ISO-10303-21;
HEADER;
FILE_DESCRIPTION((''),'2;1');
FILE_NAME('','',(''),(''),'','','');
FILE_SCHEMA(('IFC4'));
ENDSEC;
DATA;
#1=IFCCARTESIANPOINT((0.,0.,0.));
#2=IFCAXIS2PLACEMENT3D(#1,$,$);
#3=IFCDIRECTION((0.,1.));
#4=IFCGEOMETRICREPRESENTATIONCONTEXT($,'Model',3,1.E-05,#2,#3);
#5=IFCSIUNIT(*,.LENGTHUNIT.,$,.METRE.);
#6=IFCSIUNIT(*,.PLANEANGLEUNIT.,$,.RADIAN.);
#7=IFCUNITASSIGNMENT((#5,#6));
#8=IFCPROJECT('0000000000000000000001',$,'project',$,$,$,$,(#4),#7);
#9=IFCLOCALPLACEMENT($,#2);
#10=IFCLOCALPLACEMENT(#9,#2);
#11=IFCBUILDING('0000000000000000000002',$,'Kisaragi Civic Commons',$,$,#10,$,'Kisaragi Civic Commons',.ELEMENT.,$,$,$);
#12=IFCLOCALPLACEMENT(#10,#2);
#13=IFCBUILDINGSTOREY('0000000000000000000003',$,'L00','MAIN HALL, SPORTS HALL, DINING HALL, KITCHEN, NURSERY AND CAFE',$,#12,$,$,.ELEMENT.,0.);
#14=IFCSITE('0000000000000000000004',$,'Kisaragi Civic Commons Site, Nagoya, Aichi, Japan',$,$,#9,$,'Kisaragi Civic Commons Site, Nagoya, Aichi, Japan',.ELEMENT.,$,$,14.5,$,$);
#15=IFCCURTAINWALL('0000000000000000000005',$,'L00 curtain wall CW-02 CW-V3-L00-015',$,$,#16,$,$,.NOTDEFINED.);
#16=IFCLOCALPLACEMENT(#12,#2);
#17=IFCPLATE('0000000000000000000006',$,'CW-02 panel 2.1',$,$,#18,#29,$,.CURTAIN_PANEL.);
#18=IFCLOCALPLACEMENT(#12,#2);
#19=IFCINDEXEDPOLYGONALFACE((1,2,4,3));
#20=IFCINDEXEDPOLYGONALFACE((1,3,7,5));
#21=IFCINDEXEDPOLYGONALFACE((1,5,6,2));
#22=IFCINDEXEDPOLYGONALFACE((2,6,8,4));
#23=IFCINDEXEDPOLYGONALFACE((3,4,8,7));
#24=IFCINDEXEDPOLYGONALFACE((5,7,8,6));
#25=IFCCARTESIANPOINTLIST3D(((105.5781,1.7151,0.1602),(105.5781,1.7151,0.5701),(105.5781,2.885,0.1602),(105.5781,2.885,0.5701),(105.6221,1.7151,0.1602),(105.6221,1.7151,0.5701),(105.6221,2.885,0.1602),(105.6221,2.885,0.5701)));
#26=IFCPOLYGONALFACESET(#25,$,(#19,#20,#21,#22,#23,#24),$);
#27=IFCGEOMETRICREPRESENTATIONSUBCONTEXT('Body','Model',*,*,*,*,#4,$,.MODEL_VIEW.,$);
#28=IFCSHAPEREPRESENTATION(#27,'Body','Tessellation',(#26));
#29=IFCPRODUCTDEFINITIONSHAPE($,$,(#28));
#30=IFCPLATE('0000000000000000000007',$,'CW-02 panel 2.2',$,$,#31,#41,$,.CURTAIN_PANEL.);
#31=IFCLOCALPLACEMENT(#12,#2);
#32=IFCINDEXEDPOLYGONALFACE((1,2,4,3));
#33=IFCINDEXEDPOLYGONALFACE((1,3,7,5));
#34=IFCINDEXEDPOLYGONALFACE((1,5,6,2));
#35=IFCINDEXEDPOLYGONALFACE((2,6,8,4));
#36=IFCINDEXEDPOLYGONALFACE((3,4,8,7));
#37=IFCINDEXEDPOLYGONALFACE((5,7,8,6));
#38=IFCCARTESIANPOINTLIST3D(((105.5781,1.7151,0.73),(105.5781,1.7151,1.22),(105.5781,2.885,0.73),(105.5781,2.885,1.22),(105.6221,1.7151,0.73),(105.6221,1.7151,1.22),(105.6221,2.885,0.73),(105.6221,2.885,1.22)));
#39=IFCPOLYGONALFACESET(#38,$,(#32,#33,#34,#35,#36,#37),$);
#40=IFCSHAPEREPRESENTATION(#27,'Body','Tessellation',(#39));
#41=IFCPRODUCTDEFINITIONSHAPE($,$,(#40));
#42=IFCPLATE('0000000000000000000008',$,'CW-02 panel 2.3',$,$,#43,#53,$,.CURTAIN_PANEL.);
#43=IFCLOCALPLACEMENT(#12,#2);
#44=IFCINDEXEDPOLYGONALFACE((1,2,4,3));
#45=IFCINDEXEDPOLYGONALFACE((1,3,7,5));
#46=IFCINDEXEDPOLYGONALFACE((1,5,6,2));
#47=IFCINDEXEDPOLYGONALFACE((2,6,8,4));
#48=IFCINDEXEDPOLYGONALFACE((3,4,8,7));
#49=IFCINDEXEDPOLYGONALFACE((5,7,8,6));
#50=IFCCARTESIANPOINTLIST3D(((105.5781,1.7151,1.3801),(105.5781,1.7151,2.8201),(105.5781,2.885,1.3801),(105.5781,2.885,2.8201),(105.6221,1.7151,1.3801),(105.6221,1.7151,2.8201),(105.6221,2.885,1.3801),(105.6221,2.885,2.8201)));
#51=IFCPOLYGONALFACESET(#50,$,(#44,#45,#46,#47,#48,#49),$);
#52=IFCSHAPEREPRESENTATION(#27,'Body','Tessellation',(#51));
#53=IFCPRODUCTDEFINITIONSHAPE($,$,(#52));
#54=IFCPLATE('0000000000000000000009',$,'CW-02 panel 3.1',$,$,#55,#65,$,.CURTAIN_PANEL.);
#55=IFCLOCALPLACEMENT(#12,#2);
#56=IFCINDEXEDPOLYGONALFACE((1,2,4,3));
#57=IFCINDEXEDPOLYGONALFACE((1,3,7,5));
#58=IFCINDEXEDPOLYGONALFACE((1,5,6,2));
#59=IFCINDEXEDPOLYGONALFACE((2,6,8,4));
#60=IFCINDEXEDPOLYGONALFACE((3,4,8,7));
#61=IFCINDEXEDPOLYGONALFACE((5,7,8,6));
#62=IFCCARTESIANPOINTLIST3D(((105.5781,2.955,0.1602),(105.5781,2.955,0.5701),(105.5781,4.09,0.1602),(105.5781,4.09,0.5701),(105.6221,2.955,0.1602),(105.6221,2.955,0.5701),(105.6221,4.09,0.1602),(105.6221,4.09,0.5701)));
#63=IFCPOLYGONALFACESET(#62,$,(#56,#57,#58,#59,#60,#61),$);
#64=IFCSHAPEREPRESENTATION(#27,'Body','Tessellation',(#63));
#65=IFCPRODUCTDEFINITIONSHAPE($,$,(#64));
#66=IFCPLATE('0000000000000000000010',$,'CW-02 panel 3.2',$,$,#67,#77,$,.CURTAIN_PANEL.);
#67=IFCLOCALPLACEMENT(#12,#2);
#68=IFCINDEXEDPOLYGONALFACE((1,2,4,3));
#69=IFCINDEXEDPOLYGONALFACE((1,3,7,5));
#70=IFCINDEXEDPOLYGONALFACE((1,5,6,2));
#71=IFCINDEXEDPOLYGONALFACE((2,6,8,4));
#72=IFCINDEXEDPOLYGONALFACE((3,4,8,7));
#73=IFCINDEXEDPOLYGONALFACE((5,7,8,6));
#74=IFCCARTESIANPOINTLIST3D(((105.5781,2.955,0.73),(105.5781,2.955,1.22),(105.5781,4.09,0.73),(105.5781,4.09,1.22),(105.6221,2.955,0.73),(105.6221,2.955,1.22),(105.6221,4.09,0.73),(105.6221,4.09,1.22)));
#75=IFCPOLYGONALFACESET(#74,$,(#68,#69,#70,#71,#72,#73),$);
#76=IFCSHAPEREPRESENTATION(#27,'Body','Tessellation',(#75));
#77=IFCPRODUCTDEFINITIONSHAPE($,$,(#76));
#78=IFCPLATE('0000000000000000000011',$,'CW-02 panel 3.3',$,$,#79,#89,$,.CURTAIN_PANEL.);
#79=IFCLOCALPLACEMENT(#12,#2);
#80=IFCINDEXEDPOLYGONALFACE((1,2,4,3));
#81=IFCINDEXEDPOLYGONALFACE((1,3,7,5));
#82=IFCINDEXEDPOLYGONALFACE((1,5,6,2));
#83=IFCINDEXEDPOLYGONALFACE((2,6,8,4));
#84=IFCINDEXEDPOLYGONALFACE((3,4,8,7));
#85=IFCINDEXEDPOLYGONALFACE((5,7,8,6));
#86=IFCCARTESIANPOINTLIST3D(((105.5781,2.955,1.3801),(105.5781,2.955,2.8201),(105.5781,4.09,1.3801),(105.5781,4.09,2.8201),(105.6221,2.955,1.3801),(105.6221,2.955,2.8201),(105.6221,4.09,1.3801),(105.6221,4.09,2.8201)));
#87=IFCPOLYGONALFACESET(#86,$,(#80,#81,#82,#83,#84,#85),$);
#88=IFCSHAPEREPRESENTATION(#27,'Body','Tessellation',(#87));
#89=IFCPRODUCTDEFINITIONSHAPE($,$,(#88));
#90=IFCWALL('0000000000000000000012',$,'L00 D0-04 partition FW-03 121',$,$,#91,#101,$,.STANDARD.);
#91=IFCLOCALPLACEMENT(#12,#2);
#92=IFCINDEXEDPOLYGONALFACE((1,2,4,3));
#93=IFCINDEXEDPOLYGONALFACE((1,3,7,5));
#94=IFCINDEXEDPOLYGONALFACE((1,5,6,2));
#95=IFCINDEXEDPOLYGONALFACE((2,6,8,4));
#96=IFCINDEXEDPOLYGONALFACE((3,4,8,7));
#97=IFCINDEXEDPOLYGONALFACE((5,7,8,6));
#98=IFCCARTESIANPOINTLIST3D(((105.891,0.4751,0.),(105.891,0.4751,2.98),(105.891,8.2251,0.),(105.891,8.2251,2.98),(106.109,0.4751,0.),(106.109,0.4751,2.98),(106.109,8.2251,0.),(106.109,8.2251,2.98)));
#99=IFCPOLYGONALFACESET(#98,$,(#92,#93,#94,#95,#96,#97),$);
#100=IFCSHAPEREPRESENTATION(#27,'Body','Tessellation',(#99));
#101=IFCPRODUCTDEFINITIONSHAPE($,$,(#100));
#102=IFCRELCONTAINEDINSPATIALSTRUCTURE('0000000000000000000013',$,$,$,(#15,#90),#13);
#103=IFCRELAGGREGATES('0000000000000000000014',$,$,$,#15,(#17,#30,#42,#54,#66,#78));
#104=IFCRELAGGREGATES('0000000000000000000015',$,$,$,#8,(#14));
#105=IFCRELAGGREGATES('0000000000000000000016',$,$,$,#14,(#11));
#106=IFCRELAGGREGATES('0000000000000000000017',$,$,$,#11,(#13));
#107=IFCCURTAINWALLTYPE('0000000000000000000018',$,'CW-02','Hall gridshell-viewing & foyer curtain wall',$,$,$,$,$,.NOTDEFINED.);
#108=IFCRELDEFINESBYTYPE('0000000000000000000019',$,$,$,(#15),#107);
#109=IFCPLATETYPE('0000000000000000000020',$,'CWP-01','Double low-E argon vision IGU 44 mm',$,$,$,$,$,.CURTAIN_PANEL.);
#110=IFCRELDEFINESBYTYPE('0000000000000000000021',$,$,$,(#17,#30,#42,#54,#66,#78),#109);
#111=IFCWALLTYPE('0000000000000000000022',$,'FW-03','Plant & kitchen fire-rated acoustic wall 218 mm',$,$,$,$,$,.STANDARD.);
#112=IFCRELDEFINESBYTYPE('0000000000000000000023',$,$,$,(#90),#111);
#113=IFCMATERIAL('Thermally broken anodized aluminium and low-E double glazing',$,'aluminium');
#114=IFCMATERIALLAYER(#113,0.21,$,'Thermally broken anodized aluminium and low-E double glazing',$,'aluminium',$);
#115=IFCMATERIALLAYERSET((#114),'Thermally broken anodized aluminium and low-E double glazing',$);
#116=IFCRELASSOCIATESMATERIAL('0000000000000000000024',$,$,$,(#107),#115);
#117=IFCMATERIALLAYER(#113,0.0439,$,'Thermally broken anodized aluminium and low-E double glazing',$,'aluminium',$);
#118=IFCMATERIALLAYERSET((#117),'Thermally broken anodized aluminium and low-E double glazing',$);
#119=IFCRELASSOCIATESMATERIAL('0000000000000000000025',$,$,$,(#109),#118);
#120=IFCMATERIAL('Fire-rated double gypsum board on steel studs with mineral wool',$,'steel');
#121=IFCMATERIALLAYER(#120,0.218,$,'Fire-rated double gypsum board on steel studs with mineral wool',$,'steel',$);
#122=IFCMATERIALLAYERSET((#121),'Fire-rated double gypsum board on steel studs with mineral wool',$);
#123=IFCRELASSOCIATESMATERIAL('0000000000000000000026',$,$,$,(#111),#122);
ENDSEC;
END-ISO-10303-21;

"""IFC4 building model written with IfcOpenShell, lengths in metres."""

from ifc_helpers import new_model, si_unit, direction, frame, frame_2d, origin, origin_2d, place, context, subcontext, project, spatial, rectangle, extrude, material, layer, layer_set, type_object, element, aggregate, save


model = new_model("IFC4")

# Units and contexts
model_context = context("Model", 3, precision=1e-05, world=origin(), true_north=direction((0.0, 1.0)))
body_context = subcontext(model_context, "Body", "Model", "MODEL_VIEW")
ifc_project = project(units=[si_unit("LENGTHUNIT", "METRE"), si_unit("PLANEANGLEUNIT", "RADIAN")], contexts=[model_context])

# Site, building, storey
site_placement = place(None, origin())
site = spatial("IfcSite", under=ifc_project, at=site_placement, Name="Kisaragi Civic Commons Site, Nagoya, Aichi, Japan", LongName="Kisaragi Civic Commons Site, Nagoya, Aichi, Japan", CompositionType="ELEMENT", RefElevation=14.5)
building_placement = place(site_placement, origin())
building = spatial("IfcBuilding", under=site, at=building_placement, Name="Kisaragi Civic Commons", LongName="Kisaragi Civic Commons", CompositionType="ELEMENT")
storey_placement = place(building_placement, origin())
storey = spatial("IfcBuildingStorey", under=building, at=storey_placement, Name="L00", Description="MAIN HALL, SPORTS HALL, DINING HALL, KITCHEN, NURSERY AND CAFE", CompositionType="ELEMENT", Elevation=0.0)

# Curtain wall
ifc_material_1 = material(Name="Thermally broken anodized aluminium and low-E double glazing", Category="aluminium")
ifc_layer_1 = layer(ifc_material_1, 0.21, Name="Thermally broken anodized aluminium and low-E double glazing", Category="aluminium")
ifc_layer_set_1 = layer_set([ifc_layer_1], Name="Thermally broken anodized aluminium and low-E double glazing")
curtain_wall_type = type_object("IfcCurtainWallType", Name="CW-02", Description="Hall gridshell-viewing & foyer curtain wall", PredefinedType="NOTDEFINED", material=ifc_layer_set_1)
curtain_wall_1_placement = place(storey_placement, origin())
curtain_wall_1 = element("IfcCurtainWall", 1, at=curtain_wall_1_placement, inside=storey, type_object=curtain_wall_type, Name="L00 curtain wall CW-02 CW-V3-L00-015", PredefinedType="NOTDEFINED")

# Plates
ifc_layer_2 = layer(ifc_material_1, 0.0439, Name="Thermally broken anodized aluminium and low-E double glazing", Category="aluminium")
ifc_layer_set_2 = layer_set([ifc_layer_2], Name="Thermally broken anodized aluminium and low-E double glazing")
plate_type = type_object("IfcPlateType", Name="CWP-01", Description="Double low-E argon vision IGU 44 mm", PredefinedType="CURTAIN_PANEL", material=ifc_layer_set_2)
plate_1_placement = place(storey_placement, frame((105.6001, 2.3, 0.1602), z_axis=(0.0, 0.0, 1.0), x_axis=(0.0, 1.0, 0.0)))
plate_1 = element("IfcPlate", 2, at=plate_1_placement, type_object=plate_type, Name="CW-02 panel 2.1", PredefinedType="CURTAIN_PANEL", context=body_context, shape_type="SweptSolid", body=[
    extrude(rectangle(XDim=1.1699, YDim=0.0439, at=origin_2d()), origin(), (0.0, 0.0, 1.0), 0.4099),
])
plate_2_placement = place(storey_placement, frame((105.6001, 2.3, 0.73), z_axis=(0.0, 0.0, 1.0), x_axis=(0.0, 1.0, 0.0)))
plate_2 = element("IfcPlate", 3, at=plate_2_placement, type_object=plate_type, Name="CW-02 panel 2.2", PredefinedType="CURTAIN_PANEL", context=body_context, shape_type="SweptSolid", body=[
    extrude(rectangle(XDim=1.1699, YDim=0.0439, at=origin_2d()), origin(), (0.0, 0.0, 1.0), 0.49),
])
plate_3_placement = place(storey_placement, frame((105.6001, 2.3, 1.3801), z_axis=(0.0, 0.0, 1.0), x_axis=(0.0, 1.0, 0.0)))
plate_3 = element("IfcPlate", 4, at=plate_3_placement, type_object=plate_type, Name="CW-02 panel 2.3", PredefinedType="CURTAIN_PANEL", context=body_context, shape_type="SweptSolid", body=[
    extrude(rectangle(XDim=1.1699, YDim=0.0439, at=origin_2d()), origin(), (0.0, 0.0, 1.0), 1.4399),
])
plate_4_placement = place(storey_placement, frame((105.6001, 3.5225, 0.1602), z_axis=(0.0, 0.0, 1.0), x_axis=(0.0, 1.0, 0.0)))
plate_4 = element("IfcPlate", 5, at=plate_4_placement, type_object=plate_type, Name="CW-02 panel 3.1", PredefinedType="CURTAIN_PANEL", context=body_context, shape_type="SweptSolid", body=[
    extrude(rectangle(XDim=1.135, YDim=0.0439, at=origin_2d()), origin(), (0.0, 0.0, 1.0), 0.4099),
])
plate_5_placement = place(storey_placement, frame((105.6001, 3.5225, 0.73), z_axis=(0.0, 0.0, 1.0), x_axis=(0.0, 1.0, 0.0)))
plate_5 = element("IfcPlate", 6, at=plate_5_placement, type_object=plate_type, Name="CW-02 panel 3.2", PredefinedType="CURTAIN_PANEL", context=body_context, shape_type="SweptSolid", body=[
    extrude(rectangle(XDim=1.135, YDim=0.0439, at=origin_2d()), origin(), (0.0, 0.0, 1.0), 0.49),
])
plate_6_placement = place(storey_placement, frame((105.6001, 3.5225, 1.3801), z_axis=(0.0, 0.0, 1.0), x_axis=(0.0, 1.0, 0.0)))
plate_6 = element("IfcPlate", 7, at=plate_6_placement, type_object=plate_type, Name="CW-02 panel 3.3", PredefinedType="CURTAIN_PANEL", context=body_context, shape_type="SweptSolid", body=[
    extrude(rectangle(XDim=1.135, YDim=0.0439, at=origin_2d()), origin(), (0.0, 0.0, 1.0), 1.4399),
])
aggregate(curtain_wall_1, [plate_1, plate_2, plate_3, plate_4, plate_5, plate_6])

# Wall
ifc_material_2 = material(Name="Fire-rated double gypsum board on steel studs with mineral wool", Category="steel")
ifc_layer_3 = layer(ifc_material_2, 0.218, Name="Fire-rated double gypsum board on steel studs with mineral wool", Category="steel")
ifc_layer_set_3 = layer_set([ifc_layer_3], Name="Fire-rated double gypsum board on steel studs with mineral wool")
wall_type = type_object("IfcWallType", Name="FW-03", Description="Plant & kitchen fire-rated acoustic wall 218 mm", PredefinedType="STANDARD", material=ifc_layer_set_3)
wall_placement = place(storey_placement, frame((106.0, 0.4751, 0.0), z_axis=(0.0, 0.0, 1.0), x_axis=(0.0, 1.0, 0.0)))
element("IfcWall", 8, at=wall_placement, inside=storey, type_object=wall_type, Name="L00 D0-04 partition FW-03 121", PredefinedType="STANDARD", context=body_context, shape_type="SweptSolid", body=[
    extrude(rectangle(XDim=7.75, YDim=0.218, at=frame_2d((3.875, 0.0))), origin(), (0.0, 0.0, 1.0), 2.98),
])

save(model, "model.ifc")
